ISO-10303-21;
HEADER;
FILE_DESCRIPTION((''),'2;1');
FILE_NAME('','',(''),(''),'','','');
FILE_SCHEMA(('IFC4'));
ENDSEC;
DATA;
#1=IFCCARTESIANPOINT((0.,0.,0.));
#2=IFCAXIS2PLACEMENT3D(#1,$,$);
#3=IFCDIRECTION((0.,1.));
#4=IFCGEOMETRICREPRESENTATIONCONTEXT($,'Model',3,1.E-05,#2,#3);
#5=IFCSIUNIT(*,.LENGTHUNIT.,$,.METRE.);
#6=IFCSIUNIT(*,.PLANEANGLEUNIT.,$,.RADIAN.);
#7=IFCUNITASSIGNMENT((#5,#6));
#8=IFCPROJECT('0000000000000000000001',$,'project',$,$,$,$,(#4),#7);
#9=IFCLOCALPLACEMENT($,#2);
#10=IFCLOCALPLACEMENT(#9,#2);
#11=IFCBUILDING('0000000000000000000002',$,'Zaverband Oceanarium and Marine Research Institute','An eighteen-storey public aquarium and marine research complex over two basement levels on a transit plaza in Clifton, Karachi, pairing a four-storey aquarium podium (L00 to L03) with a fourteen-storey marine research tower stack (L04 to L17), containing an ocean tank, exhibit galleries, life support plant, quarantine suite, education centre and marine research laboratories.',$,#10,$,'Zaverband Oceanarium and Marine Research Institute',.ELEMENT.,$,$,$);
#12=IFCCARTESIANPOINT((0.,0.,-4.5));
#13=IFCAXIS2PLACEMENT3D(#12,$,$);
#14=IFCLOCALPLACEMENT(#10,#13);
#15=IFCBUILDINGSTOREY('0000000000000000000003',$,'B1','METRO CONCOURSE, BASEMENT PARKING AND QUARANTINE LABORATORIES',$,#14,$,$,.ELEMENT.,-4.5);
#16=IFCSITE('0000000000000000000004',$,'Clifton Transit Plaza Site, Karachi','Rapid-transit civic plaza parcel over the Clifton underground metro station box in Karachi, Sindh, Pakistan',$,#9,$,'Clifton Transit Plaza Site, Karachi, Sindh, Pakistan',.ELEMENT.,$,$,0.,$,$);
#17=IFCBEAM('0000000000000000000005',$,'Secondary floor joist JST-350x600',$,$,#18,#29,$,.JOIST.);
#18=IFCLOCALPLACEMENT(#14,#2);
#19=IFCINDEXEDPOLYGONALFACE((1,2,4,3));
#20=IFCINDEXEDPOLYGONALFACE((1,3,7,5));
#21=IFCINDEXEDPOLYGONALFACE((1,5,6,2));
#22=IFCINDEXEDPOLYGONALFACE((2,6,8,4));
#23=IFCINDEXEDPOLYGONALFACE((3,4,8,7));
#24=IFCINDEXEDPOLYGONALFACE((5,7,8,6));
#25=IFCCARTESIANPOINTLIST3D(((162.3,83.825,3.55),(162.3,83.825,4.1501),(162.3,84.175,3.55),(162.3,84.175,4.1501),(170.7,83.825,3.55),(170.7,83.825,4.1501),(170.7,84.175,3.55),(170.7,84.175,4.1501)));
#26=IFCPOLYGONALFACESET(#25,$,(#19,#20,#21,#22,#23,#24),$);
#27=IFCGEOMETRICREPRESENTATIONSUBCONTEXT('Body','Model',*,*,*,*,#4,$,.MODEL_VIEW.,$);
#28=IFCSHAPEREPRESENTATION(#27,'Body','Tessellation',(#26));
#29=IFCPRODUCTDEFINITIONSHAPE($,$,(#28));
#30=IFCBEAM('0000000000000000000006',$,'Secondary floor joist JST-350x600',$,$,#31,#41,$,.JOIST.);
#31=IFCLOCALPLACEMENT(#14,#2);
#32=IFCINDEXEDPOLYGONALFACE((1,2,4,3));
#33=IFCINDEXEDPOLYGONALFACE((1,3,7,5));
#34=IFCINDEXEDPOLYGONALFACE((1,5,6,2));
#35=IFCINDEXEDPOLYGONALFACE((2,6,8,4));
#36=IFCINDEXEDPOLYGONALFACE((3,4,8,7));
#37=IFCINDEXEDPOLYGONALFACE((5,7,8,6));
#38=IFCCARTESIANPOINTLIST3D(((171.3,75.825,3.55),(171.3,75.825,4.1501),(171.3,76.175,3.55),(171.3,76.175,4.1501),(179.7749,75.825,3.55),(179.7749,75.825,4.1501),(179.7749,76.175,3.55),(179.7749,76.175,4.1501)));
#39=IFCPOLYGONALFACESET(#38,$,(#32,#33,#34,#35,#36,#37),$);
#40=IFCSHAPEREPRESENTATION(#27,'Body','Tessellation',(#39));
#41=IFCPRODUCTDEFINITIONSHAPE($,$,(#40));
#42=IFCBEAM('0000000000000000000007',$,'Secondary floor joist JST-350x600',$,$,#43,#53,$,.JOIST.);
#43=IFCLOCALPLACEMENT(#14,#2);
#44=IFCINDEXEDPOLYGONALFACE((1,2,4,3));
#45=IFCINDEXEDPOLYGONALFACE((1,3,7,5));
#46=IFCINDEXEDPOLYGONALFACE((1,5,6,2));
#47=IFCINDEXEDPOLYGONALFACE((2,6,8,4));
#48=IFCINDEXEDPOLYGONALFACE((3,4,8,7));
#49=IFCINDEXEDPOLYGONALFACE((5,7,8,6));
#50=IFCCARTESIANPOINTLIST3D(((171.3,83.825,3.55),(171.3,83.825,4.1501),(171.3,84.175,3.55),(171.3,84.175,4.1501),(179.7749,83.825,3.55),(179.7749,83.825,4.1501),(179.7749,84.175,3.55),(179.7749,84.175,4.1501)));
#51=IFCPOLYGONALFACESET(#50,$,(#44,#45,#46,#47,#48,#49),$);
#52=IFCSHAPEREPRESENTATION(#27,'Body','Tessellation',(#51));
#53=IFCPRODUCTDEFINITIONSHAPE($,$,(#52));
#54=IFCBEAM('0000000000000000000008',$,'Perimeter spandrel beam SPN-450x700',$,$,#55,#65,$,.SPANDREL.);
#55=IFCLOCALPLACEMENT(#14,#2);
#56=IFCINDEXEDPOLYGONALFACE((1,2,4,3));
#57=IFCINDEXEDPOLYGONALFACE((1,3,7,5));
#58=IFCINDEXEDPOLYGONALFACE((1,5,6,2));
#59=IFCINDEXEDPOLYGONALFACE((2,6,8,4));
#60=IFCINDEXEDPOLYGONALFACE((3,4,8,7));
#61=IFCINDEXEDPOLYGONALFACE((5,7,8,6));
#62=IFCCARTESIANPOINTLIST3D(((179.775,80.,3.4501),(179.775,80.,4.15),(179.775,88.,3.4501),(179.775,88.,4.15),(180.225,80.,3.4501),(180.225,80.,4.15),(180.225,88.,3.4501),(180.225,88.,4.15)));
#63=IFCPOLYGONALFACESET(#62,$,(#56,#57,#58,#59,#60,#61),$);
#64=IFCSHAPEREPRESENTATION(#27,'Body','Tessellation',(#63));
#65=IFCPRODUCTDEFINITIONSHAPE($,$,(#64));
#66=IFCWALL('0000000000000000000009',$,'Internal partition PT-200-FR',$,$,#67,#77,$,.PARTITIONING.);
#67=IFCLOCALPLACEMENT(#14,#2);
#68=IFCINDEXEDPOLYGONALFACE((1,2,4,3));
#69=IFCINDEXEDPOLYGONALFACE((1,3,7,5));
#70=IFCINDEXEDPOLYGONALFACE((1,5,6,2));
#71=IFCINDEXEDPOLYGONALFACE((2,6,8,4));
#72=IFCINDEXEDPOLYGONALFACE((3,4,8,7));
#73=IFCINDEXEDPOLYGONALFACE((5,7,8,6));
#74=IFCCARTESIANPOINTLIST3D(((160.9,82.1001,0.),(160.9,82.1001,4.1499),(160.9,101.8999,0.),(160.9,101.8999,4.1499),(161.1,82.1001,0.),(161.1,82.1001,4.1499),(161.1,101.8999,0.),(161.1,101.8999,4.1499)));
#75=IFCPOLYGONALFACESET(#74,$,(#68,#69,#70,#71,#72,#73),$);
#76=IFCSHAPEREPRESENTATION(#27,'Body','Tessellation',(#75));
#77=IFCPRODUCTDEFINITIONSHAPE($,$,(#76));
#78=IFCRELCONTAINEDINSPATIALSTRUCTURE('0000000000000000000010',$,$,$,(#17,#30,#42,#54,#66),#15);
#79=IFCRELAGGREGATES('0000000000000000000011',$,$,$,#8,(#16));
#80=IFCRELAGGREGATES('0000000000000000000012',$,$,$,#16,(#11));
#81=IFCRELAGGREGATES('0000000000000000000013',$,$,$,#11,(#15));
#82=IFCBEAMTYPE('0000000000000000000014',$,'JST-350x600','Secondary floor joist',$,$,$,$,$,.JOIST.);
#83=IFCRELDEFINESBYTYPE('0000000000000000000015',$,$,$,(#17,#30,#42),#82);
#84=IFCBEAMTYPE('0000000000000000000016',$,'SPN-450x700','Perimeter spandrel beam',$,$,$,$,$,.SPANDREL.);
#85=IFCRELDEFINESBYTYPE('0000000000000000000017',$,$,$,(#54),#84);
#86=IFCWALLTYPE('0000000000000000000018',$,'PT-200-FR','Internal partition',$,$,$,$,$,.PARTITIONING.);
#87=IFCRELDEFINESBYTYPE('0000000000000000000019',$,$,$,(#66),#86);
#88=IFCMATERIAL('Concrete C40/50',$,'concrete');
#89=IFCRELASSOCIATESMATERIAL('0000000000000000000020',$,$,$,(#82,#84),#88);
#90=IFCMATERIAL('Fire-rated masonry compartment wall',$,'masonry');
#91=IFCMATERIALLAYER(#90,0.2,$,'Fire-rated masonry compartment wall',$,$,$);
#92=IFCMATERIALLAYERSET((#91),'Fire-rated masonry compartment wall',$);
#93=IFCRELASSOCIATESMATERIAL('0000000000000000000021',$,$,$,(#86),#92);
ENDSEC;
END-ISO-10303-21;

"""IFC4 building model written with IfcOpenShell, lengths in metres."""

from ifc_helpers import new_model, si_unit, direction, frame, frame_2d, origin, origin_2d, place, context, subcontext, project, spatial, rectangle, extrude, material, layer, layer_set, material_profile, profile_set, type_object, element, save


model = new_model("IFC4")

# Units and contexts
model_context = context("Model", 3, precision=1e-05, world=origin(), true_north=direction((0.0, 1.0)))
body_context = subcontext(model_context, "Body", "Model", "MODEL_VIEW")
ifc_project = project(units=[si_unit("LENGTHUNIT", "METRE"), si_unit("PLANEANGLEUNIT", "RADIAN")], contexts=[model_context])

# Site, building, storey
site_placement = place(None, origin())
site = spatial("IfcSite", under=ifc_project, at=site_placement, Name="Clifton Transit Plaza Site, Karachi", Description="Rapid-transit civic plaza parcel over the Clifton underground metro station box in Karachi, Sindh, Pakistan", LongName="Clifton Transit Plaza Site, Karachi, Sindh, Pakistan", CompositionType="ELEMENT", RefElevation=0.0)
building_placement = place(site_placement, origin())
building = spatial("IfcBuilding", under=site, at=building_placement, Name="Zaverband Oceanarium and Marine Research Institute", Description="An eighteen-storey public aquarium and marine research complex over two basement levels on a transit plaza in Clifton, Karachi, pairing a four-storey aquarium podium (L00 to L03) with a fourteen-storey marine research tower stack (L04 to L17), containing an ocean tank, exhibit galleries, life support plant, quarantine suite, education centre and marine research laboratories.", LongName="Zaverband Oceanarium and Marine Research Institute", CompositionType="ELEMENT")
storey_placement = place(building_placement, frame((0.0, 0.0, -4.5)))
storey = spatial("IfcBuildingStorey", under=building, at=storey_placement, Name="B1", Description="METRO CONCOURSE, BASEMENT PARKING AND QUARANTINE LABORATORIES", CompositionType="ELEMENT", Elevation=-4.5)

# Beams
ifc_material_1 = material(Name="Concrete C40/50", Category="concrete")
ifc_material_profile_1 = material_profile(ifc_material_1, rectangle(XDim=0.3501, YDim=0.6001, at=origin_2d()), Name="RC350x600")
ifc_profile_set_1 = profile_set([ifc_material_profile_1], Name="Concrete C40/50")
beam_type_1 = type_object("IfcBeamType", Name="JST-350x600", Description="Secondary floor joist", PredefinedType="JOIST", material=ifc_profile_set_1)
for number, where, z_axis, x_axis, name in (
    (1, (162.3, 84.0, 3.8501), (1.0, 0.0, 0.0), (0.0, 1.0, 0.0), "Secondary floor joist JST-350x600"),
):
    element("IfcBeam", number, at=place(storey_placement, frame(where, z_axis=z_axis, x_axis=x_axis)), inside=storey, type_object=beam_type_1, Name=name, PredefinedType="JOIST", context=body_context, shape_type="SweptSolid", body=[
        extrude(rectangle(XDim=0.3501, YDim=0.6001, at=origin_2d()), origin(), (0.0, 0.0, 1.0), 8.3999),
    ])
for number, where, z_axis, x_axis, name in (
    (2, (171.3, 76.0, 3.8501), (1.0, 0.0, 0.0), (0.0, 1.0, 0.0), "Secondary floor joist JST-350x600"),
    (3, (171.3, 84.0, 3.8501), (1.0, 0.0, 0.0), (0.0, 1.0, 0.0), "Secondary floor joist JST-350x600"),
):
    element("IfcBeam", number, at=place(storey_placement, frame(where, z_axis=z_axis, x_axis=x_axis)), inside=storey, type_object=beam_type_1, Name=name, PredefinedType="JOIST", context=body_context, shape_type="SweptSolid", body=[
        extrude(rectangle(XDim=0.3501, YDim=0.6001, at=origin_2d()), origin(), (0.0, 0.0, 1.0), 8.4749),
    ])
ifc_material_profile_2 = material_profile(ifc_material_1, rectangle(XDim=0.45, YDim=0.7, at=origin_2d()), Name="RC450x700")
ifc_profile_set_2 = profile_set([ifc_material_profile_2], Name="Concrete C40/50")
beam_type_2 = type_object("IfcBeamType", Name="SPN-450x700", Description="Perimeter spandrel beam", PredefinedType="SPANDREL", material=ifc_profile_set_2)
beam_placement = place(storey_placement, frame((180.0, 80.0, 3.8), z_axis=(0.0, 1.0, 0.0), x_axis=(-1.0, 0.0, 0.0)))
element("IfcBeam", 4, at=beam_placement, inside=storey, type_object=beam_type_2, Name="Perimeter spandrel beam SPN-450x700", PredefinedType="SPANDREL", context=body_context, shape_type="SweptSolid", body=[
    extrude(rectangle(XDim=0.45, YDim=0.7, at=origin_2d()), origin(), (0.0, 0.0, 1.0), 8.0),
])

# Wall
ifc_material_2 = material(Name="Fire-rated masonry compartment wall", Category="masonry")
ifc_layer = layer(ifc_material_2, 0.2, Name="Fire-rated masonry compartment wall")
ifc_layer_set = layer_set([ifc_layer], Name="Fire-rated masonry compartment wall")
wall_type = type_object("IfcWallType", Name="PT-200-FR", Description="Internal partition", PredefinedType="PARTITIONING", material=ifc_layer_set)
wall_placement = place(storey_placement, frame((161.0, 82.1001, 0.0), z_axis=(0.0, 0.0, 1.0), x_axis=(0.0, 1.0, 0.0)))
element("IfcWall", 5, at=wall_placement, inside=storey, type_object=wall_type, Name="Internal partition PT-200-FR", PredefinedType="PARTITIONING", context=body_context, shape_type="SweptSolid", body=[
    extrude(rectangle(XDim=19.7998, YDim=0.2, at=frame_2d((9.8999, 0.0))), origin(), (0.0, 0.0, 1.0), 4.1499),
])

save(model, "model.ifc")
